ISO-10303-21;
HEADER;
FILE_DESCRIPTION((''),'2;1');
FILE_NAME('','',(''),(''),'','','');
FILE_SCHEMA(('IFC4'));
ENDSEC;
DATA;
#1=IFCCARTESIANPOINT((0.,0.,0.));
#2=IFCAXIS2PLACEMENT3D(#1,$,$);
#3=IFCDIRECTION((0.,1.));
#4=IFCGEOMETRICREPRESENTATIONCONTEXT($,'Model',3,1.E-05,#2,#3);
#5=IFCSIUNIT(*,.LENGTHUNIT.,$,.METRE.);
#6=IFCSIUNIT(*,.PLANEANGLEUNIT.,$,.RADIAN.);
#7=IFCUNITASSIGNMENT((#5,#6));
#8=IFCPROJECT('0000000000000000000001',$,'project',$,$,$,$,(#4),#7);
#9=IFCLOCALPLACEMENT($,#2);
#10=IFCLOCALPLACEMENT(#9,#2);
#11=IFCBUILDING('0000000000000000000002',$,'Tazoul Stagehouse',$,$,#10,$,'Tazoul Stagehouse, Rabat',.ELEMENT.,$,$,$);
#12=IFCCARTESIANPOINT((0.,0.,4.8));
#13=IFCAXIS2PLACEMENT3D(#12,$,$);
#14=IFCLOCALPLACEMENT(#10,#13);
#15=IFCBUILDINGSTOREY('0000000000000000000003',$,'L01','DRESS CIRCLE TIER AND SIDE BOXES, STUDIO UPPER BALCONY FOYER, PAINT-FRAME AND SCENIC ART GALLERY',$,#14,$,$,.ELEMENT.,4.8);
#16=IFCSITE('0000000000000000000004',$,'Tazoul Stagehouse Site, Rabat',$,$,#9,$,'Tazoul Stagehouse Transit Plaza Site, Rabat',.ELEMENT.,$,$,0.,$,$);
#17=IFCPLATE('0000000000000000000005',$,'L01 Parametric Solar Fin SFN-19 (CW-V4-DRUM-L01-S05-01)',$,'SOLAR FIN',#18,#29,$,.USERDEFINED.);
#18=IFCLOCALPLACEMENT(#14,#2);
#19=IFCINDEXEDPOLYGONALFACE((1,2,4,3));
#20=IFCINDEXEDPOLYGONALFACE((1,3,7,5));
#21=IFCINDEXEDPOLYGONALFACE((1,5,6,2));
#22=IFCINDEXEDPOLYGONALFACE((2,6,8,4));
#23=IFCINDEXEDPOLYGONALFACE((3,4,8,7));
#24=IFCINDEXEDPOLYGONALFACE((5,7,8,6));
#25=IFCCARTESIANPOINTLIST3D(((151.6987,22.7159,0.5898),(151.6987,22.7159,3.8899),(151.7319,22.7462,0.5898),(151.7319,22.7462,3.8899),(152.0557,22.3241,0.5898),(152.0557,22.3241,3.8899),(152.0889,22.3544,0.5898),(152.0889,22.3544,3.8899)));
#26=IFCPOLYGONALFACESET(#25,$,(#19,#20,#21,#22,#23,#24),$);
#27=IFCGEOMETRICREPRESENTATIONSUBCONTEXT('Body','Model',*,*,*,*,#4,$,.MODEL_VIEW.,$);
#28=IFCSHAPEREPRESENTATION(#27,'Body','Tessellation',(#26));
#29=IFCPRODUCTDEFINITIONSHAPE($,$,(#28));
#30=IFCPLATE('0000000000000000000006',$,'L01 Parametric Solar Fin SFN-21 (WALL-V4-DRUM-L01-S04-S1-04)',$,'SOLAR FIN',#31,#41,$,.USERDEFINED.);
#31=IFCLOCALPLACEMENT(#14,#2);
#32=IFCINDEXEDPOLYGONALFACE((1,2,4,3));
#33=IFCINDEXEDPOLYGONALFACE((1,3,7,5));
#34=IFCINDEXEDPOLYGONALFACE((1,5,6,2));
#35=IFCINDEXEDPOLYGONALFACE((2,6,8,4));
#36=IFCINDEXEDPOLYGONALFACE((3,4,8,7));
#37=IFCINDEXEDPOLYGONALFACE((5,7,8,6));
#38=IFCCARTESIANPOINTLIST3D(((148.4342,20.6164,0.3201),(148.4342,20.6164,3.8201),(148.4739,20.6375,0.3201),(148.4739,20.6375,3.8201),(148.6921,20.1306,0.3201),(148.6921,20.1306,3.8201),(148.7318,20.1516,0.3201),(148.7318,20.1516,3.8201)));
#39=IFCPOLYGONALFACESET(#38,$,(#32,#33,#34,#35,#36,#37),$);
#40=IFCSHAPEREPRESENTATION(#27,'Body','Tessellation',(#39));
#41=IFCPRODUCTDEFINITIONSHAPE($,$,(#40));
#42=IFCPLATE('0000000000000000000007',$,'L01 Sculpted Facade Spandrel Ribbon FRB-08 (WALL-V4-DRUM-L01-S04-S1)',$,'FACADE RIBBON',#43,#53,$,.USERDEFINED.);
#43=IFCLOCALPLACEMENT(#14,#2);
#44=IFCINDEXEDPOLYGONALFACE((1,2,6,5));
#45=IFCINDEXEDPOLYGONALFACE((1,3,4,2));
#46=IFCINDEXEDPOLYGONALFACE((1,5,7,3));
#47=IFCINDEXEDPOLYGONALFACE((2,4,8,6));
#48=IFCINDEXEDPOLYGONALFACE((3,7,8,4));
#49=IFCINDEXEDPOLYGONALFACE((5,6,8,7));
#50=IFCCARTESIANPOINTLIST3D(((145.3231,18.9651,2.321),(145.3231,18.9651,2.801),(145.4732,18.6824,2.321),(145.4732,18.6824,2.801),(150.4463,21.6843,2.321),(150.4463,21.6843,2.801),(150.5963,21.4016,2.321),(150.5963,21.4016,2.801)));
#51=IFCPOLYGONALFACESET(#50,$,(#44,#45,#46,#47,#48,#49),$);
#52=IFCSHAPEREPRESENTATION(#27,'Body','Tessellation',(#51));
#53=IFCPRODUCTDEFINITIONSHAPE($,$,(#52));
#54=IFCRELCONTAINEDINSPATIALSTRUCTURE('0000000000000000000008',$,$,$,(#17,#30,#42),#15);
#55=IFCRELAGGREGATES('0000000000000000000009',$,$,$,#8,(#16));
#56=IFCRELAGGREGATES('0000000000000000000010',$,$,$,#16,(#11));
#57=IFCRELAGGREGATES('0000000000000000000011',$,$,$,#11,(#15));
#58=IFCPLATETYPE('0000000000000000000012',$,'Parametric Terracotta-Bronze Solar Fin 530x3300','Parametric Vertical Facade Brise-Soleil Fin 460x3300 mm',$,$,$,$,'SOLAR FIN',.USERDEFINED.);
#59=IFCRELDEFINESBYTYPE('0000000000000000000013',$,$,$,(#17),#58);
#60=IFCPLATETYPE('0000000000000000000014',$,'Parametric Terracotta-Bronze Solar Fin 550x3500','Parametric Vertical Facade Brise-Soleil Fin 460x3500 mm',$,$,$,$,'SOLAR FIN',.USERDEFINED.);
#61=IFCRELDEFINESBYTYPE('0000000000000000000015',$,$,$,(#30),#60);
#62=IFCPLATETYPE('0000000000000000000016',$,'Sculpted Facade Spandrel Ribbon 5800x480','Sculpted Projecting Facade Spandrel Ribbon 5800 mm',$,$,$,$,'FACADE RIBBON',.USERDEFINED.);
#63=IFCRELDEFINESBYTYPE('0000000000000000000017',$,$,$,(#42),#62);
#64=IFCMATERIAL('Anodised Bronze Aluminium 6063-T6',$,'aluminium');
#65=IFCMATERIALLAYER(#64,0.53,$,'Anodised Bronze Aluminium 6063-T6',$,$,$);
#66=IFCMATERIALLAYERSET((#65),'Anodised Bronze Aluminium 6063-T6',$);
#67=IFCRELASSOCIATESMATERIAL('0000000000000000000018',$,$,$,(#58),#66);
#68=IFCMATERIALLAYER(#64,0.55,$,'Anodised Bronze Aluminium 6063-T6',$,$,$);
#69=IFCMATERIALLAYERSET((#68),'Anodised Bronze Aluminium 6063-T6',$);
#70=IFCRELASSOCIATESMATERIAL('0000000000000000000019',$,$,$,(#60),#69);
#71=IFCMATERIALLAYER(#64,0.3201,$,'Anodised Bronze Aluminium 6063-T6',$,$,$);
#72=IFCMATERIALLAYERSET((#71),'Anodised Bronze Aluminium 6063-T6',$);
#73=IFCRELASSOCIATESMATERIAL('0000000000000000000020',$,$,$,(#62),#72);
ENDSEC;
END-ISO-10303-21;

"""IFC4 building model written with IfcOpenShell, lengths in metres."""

from ifc_helpers import new_model, si_unit, direction, frame, origin, origin_2d, place, context, subcontext, project, spatial, rectangle, extrude, material, layer, layer_set, type_object, element, save


model = new_model("IFC4")

# Units and contexts
model_context = context("Model", 3, precision=1e-05, world=origin(), true_north=direction((0.0, 1.0)))
body_context = subcontext(model_context, "Body", "Model", "MODEL_VIEW")
ifc_project = project(units=[si_unit("LENGTHUNIT", "METRE"), si_unit("PLANEANGLEUNIT", "RADIAN")], contexts=[model_context])

# Shared definitions
ifc_material_1 = material(Name="Anodised Bronze Aluminium 6063-T6", Category="aluminium")
site_placement = place(None, origin())
building_placement = place(site_placement, origin())
storey_placement = place(building_placement, frame((0.0, 0.0, 4.8)))

# Site, building, storey
site = spatial("IfcSite", under=ifc_project, at=site_placement, Name="Tazoul Stagehouse Site, Rabat", LongName="Tazoul Stagehouse Transit Plaza Site, Rabat", CompositionType="ELEMENT", RefElevation=0.0)
building = spatial("IfcBuilding", under=site, at=building_placement, Name="Tazoul Stagehouse", LongName="Tazoul Stagehouse, Rabat", CompositionType="ELEMENT")
storey = spatial("IfcBuildingStorey", under=building, at=storey_placement, Name="L01", Description="DRESS CIRCLE TIER AND SIDE BOXES, STUDIO UPPER BALCONY FOYER, PAINT-FRAME AND SCENIC ART GALLERY", CompositionType="ELEMENT", Elevation=4.8)

# Plates
ifc_layer_1 = layer(ifc_material_1, 0.53, Name="Anodised Bronze Aluminium 6063-T6")
ifc_layer_set_1 = layer_set([ifc_layer_1], Name="Anodised Bronze Aluminium 6063-T6")
plate_type_1 = type_object("IfcPlateType", Name="Parametric Terracotta-Bronze Solar Fin 530x3300", Description="Parametric Vertical Facade Brise-Soleil Fin 460x3300 mm", ElementType="SOLAR FIN", PredefinedType="USERDEFINED", material=ifc_layer_set_1)
plate_1_placement = place(storey_placement, frame((151.8938, 22.5352, 0.5898), z_axis=(0.0, 0.0, 1.0), x_axis=(0.739147, 0.673544, 0.0)))
element("IfcPlate", 1, at=plate_1_placement, inside=storey, type_object=plate_type_1, Name="L01 Parametric Solar Fin SFN-19 (CW-V4-DRUM-L01-S05-01)", ObjectType="SOLAR FIN", PredefinedType="USERDEFINED", context=body_context, shape_type="SweptSolid", body=[
    extrude(rectangle(XDim=0.0449, YDim=0.53, at=origin_2d()), origin(), (0.0, 0.0, 1.0), 3.3),
])
ifc_layer_2 = layer(ifc_material_1, 0.55, Name="Anodised Bronze Aluminium 6063-T6")
ifc_layer_set_2 = layer_set([ifc_layer_2], Name="Anodised Bronze Aluminium 6063-T6")
plate_type_2 = type_object("IfcPlateType", Name="Parametric Terracotta-Bronze Solar Fin 550x3500", Description="Parametric Vertical Facade Brise-Soleil Fin 460x3500 mm", ElementType="SOLAR FIN", PredefinedType="USERDEFINED", material=ifc_layer_set_2)
plate_2_placement = place(storey_placement, frame((148.583, 20.384, 0.3201), z_axis=(0.0, 0.0, 1.0), x_axis=(0.883296, 0.468816, 0.0)))
element("IfcPlate", 2, at=plate_2_placement, inside=storey, type_object=plate_type_2, Name="L01 Parametric Solar Fin SFN-21 (WALL-V4-DRUM-L01-S04-S1-04)", ObjectType="SOLAR FIN", PredefinedType="USERDEFINED", context=body_context, shape_type="SweptSolid", body=[
    extrude(rectangle(XDim=0.0449, YDim=0.55, at=origin_2d()), origin(), (0.0, 0.0, 1.0), 3.5),
])
ifc_layer_3 = layer(ifc_material_1, 0.3201, Name="Anodised Bronze Aluminium 6063-T6")
ifc_layer_set_3 = layer_set([ifc_layer_3], Name="Anodised Bronze Aluminium 6063-T6")
plate_type_3 = type_object("IfcPlateType", Name="Sculpted Facade Spandrel Ribbon 5800x480", Description="Sculpted Projecting Facade Spandrel Ribbon 5800 mm", ElementType="FACADE RIBBON", PredefinedType="USERDEFINED", material=ifc_layer_set_3)
plate_3_placement = place(storey_placement, frame((147.9597, 20.1833, 2.321), z_axis=(0.0, 0.0, 1.0), x_axis=(0.883296, 0.468816, 0.0)))
element("IfcPlate", 3, at=plate_3_placement, inside=storey, type_object=plate_type_3, Name="L01 Sculpted Facade Spandrel Ribbon FRB-08 (WALL-V4-DRUM-L01-S04-S1)", ObjectType="FACADE RIBBON", PredefinedType="USERDEFINED", context=body_context, shape_type="SweptSolid", body=[
    extrude(rectangle(XDim=5.8, YDim=0.3201, at=origin_2d()), origin(), (0.0, 0.0, 1.0), 0.48),
])

save(model, "model.ifc")
